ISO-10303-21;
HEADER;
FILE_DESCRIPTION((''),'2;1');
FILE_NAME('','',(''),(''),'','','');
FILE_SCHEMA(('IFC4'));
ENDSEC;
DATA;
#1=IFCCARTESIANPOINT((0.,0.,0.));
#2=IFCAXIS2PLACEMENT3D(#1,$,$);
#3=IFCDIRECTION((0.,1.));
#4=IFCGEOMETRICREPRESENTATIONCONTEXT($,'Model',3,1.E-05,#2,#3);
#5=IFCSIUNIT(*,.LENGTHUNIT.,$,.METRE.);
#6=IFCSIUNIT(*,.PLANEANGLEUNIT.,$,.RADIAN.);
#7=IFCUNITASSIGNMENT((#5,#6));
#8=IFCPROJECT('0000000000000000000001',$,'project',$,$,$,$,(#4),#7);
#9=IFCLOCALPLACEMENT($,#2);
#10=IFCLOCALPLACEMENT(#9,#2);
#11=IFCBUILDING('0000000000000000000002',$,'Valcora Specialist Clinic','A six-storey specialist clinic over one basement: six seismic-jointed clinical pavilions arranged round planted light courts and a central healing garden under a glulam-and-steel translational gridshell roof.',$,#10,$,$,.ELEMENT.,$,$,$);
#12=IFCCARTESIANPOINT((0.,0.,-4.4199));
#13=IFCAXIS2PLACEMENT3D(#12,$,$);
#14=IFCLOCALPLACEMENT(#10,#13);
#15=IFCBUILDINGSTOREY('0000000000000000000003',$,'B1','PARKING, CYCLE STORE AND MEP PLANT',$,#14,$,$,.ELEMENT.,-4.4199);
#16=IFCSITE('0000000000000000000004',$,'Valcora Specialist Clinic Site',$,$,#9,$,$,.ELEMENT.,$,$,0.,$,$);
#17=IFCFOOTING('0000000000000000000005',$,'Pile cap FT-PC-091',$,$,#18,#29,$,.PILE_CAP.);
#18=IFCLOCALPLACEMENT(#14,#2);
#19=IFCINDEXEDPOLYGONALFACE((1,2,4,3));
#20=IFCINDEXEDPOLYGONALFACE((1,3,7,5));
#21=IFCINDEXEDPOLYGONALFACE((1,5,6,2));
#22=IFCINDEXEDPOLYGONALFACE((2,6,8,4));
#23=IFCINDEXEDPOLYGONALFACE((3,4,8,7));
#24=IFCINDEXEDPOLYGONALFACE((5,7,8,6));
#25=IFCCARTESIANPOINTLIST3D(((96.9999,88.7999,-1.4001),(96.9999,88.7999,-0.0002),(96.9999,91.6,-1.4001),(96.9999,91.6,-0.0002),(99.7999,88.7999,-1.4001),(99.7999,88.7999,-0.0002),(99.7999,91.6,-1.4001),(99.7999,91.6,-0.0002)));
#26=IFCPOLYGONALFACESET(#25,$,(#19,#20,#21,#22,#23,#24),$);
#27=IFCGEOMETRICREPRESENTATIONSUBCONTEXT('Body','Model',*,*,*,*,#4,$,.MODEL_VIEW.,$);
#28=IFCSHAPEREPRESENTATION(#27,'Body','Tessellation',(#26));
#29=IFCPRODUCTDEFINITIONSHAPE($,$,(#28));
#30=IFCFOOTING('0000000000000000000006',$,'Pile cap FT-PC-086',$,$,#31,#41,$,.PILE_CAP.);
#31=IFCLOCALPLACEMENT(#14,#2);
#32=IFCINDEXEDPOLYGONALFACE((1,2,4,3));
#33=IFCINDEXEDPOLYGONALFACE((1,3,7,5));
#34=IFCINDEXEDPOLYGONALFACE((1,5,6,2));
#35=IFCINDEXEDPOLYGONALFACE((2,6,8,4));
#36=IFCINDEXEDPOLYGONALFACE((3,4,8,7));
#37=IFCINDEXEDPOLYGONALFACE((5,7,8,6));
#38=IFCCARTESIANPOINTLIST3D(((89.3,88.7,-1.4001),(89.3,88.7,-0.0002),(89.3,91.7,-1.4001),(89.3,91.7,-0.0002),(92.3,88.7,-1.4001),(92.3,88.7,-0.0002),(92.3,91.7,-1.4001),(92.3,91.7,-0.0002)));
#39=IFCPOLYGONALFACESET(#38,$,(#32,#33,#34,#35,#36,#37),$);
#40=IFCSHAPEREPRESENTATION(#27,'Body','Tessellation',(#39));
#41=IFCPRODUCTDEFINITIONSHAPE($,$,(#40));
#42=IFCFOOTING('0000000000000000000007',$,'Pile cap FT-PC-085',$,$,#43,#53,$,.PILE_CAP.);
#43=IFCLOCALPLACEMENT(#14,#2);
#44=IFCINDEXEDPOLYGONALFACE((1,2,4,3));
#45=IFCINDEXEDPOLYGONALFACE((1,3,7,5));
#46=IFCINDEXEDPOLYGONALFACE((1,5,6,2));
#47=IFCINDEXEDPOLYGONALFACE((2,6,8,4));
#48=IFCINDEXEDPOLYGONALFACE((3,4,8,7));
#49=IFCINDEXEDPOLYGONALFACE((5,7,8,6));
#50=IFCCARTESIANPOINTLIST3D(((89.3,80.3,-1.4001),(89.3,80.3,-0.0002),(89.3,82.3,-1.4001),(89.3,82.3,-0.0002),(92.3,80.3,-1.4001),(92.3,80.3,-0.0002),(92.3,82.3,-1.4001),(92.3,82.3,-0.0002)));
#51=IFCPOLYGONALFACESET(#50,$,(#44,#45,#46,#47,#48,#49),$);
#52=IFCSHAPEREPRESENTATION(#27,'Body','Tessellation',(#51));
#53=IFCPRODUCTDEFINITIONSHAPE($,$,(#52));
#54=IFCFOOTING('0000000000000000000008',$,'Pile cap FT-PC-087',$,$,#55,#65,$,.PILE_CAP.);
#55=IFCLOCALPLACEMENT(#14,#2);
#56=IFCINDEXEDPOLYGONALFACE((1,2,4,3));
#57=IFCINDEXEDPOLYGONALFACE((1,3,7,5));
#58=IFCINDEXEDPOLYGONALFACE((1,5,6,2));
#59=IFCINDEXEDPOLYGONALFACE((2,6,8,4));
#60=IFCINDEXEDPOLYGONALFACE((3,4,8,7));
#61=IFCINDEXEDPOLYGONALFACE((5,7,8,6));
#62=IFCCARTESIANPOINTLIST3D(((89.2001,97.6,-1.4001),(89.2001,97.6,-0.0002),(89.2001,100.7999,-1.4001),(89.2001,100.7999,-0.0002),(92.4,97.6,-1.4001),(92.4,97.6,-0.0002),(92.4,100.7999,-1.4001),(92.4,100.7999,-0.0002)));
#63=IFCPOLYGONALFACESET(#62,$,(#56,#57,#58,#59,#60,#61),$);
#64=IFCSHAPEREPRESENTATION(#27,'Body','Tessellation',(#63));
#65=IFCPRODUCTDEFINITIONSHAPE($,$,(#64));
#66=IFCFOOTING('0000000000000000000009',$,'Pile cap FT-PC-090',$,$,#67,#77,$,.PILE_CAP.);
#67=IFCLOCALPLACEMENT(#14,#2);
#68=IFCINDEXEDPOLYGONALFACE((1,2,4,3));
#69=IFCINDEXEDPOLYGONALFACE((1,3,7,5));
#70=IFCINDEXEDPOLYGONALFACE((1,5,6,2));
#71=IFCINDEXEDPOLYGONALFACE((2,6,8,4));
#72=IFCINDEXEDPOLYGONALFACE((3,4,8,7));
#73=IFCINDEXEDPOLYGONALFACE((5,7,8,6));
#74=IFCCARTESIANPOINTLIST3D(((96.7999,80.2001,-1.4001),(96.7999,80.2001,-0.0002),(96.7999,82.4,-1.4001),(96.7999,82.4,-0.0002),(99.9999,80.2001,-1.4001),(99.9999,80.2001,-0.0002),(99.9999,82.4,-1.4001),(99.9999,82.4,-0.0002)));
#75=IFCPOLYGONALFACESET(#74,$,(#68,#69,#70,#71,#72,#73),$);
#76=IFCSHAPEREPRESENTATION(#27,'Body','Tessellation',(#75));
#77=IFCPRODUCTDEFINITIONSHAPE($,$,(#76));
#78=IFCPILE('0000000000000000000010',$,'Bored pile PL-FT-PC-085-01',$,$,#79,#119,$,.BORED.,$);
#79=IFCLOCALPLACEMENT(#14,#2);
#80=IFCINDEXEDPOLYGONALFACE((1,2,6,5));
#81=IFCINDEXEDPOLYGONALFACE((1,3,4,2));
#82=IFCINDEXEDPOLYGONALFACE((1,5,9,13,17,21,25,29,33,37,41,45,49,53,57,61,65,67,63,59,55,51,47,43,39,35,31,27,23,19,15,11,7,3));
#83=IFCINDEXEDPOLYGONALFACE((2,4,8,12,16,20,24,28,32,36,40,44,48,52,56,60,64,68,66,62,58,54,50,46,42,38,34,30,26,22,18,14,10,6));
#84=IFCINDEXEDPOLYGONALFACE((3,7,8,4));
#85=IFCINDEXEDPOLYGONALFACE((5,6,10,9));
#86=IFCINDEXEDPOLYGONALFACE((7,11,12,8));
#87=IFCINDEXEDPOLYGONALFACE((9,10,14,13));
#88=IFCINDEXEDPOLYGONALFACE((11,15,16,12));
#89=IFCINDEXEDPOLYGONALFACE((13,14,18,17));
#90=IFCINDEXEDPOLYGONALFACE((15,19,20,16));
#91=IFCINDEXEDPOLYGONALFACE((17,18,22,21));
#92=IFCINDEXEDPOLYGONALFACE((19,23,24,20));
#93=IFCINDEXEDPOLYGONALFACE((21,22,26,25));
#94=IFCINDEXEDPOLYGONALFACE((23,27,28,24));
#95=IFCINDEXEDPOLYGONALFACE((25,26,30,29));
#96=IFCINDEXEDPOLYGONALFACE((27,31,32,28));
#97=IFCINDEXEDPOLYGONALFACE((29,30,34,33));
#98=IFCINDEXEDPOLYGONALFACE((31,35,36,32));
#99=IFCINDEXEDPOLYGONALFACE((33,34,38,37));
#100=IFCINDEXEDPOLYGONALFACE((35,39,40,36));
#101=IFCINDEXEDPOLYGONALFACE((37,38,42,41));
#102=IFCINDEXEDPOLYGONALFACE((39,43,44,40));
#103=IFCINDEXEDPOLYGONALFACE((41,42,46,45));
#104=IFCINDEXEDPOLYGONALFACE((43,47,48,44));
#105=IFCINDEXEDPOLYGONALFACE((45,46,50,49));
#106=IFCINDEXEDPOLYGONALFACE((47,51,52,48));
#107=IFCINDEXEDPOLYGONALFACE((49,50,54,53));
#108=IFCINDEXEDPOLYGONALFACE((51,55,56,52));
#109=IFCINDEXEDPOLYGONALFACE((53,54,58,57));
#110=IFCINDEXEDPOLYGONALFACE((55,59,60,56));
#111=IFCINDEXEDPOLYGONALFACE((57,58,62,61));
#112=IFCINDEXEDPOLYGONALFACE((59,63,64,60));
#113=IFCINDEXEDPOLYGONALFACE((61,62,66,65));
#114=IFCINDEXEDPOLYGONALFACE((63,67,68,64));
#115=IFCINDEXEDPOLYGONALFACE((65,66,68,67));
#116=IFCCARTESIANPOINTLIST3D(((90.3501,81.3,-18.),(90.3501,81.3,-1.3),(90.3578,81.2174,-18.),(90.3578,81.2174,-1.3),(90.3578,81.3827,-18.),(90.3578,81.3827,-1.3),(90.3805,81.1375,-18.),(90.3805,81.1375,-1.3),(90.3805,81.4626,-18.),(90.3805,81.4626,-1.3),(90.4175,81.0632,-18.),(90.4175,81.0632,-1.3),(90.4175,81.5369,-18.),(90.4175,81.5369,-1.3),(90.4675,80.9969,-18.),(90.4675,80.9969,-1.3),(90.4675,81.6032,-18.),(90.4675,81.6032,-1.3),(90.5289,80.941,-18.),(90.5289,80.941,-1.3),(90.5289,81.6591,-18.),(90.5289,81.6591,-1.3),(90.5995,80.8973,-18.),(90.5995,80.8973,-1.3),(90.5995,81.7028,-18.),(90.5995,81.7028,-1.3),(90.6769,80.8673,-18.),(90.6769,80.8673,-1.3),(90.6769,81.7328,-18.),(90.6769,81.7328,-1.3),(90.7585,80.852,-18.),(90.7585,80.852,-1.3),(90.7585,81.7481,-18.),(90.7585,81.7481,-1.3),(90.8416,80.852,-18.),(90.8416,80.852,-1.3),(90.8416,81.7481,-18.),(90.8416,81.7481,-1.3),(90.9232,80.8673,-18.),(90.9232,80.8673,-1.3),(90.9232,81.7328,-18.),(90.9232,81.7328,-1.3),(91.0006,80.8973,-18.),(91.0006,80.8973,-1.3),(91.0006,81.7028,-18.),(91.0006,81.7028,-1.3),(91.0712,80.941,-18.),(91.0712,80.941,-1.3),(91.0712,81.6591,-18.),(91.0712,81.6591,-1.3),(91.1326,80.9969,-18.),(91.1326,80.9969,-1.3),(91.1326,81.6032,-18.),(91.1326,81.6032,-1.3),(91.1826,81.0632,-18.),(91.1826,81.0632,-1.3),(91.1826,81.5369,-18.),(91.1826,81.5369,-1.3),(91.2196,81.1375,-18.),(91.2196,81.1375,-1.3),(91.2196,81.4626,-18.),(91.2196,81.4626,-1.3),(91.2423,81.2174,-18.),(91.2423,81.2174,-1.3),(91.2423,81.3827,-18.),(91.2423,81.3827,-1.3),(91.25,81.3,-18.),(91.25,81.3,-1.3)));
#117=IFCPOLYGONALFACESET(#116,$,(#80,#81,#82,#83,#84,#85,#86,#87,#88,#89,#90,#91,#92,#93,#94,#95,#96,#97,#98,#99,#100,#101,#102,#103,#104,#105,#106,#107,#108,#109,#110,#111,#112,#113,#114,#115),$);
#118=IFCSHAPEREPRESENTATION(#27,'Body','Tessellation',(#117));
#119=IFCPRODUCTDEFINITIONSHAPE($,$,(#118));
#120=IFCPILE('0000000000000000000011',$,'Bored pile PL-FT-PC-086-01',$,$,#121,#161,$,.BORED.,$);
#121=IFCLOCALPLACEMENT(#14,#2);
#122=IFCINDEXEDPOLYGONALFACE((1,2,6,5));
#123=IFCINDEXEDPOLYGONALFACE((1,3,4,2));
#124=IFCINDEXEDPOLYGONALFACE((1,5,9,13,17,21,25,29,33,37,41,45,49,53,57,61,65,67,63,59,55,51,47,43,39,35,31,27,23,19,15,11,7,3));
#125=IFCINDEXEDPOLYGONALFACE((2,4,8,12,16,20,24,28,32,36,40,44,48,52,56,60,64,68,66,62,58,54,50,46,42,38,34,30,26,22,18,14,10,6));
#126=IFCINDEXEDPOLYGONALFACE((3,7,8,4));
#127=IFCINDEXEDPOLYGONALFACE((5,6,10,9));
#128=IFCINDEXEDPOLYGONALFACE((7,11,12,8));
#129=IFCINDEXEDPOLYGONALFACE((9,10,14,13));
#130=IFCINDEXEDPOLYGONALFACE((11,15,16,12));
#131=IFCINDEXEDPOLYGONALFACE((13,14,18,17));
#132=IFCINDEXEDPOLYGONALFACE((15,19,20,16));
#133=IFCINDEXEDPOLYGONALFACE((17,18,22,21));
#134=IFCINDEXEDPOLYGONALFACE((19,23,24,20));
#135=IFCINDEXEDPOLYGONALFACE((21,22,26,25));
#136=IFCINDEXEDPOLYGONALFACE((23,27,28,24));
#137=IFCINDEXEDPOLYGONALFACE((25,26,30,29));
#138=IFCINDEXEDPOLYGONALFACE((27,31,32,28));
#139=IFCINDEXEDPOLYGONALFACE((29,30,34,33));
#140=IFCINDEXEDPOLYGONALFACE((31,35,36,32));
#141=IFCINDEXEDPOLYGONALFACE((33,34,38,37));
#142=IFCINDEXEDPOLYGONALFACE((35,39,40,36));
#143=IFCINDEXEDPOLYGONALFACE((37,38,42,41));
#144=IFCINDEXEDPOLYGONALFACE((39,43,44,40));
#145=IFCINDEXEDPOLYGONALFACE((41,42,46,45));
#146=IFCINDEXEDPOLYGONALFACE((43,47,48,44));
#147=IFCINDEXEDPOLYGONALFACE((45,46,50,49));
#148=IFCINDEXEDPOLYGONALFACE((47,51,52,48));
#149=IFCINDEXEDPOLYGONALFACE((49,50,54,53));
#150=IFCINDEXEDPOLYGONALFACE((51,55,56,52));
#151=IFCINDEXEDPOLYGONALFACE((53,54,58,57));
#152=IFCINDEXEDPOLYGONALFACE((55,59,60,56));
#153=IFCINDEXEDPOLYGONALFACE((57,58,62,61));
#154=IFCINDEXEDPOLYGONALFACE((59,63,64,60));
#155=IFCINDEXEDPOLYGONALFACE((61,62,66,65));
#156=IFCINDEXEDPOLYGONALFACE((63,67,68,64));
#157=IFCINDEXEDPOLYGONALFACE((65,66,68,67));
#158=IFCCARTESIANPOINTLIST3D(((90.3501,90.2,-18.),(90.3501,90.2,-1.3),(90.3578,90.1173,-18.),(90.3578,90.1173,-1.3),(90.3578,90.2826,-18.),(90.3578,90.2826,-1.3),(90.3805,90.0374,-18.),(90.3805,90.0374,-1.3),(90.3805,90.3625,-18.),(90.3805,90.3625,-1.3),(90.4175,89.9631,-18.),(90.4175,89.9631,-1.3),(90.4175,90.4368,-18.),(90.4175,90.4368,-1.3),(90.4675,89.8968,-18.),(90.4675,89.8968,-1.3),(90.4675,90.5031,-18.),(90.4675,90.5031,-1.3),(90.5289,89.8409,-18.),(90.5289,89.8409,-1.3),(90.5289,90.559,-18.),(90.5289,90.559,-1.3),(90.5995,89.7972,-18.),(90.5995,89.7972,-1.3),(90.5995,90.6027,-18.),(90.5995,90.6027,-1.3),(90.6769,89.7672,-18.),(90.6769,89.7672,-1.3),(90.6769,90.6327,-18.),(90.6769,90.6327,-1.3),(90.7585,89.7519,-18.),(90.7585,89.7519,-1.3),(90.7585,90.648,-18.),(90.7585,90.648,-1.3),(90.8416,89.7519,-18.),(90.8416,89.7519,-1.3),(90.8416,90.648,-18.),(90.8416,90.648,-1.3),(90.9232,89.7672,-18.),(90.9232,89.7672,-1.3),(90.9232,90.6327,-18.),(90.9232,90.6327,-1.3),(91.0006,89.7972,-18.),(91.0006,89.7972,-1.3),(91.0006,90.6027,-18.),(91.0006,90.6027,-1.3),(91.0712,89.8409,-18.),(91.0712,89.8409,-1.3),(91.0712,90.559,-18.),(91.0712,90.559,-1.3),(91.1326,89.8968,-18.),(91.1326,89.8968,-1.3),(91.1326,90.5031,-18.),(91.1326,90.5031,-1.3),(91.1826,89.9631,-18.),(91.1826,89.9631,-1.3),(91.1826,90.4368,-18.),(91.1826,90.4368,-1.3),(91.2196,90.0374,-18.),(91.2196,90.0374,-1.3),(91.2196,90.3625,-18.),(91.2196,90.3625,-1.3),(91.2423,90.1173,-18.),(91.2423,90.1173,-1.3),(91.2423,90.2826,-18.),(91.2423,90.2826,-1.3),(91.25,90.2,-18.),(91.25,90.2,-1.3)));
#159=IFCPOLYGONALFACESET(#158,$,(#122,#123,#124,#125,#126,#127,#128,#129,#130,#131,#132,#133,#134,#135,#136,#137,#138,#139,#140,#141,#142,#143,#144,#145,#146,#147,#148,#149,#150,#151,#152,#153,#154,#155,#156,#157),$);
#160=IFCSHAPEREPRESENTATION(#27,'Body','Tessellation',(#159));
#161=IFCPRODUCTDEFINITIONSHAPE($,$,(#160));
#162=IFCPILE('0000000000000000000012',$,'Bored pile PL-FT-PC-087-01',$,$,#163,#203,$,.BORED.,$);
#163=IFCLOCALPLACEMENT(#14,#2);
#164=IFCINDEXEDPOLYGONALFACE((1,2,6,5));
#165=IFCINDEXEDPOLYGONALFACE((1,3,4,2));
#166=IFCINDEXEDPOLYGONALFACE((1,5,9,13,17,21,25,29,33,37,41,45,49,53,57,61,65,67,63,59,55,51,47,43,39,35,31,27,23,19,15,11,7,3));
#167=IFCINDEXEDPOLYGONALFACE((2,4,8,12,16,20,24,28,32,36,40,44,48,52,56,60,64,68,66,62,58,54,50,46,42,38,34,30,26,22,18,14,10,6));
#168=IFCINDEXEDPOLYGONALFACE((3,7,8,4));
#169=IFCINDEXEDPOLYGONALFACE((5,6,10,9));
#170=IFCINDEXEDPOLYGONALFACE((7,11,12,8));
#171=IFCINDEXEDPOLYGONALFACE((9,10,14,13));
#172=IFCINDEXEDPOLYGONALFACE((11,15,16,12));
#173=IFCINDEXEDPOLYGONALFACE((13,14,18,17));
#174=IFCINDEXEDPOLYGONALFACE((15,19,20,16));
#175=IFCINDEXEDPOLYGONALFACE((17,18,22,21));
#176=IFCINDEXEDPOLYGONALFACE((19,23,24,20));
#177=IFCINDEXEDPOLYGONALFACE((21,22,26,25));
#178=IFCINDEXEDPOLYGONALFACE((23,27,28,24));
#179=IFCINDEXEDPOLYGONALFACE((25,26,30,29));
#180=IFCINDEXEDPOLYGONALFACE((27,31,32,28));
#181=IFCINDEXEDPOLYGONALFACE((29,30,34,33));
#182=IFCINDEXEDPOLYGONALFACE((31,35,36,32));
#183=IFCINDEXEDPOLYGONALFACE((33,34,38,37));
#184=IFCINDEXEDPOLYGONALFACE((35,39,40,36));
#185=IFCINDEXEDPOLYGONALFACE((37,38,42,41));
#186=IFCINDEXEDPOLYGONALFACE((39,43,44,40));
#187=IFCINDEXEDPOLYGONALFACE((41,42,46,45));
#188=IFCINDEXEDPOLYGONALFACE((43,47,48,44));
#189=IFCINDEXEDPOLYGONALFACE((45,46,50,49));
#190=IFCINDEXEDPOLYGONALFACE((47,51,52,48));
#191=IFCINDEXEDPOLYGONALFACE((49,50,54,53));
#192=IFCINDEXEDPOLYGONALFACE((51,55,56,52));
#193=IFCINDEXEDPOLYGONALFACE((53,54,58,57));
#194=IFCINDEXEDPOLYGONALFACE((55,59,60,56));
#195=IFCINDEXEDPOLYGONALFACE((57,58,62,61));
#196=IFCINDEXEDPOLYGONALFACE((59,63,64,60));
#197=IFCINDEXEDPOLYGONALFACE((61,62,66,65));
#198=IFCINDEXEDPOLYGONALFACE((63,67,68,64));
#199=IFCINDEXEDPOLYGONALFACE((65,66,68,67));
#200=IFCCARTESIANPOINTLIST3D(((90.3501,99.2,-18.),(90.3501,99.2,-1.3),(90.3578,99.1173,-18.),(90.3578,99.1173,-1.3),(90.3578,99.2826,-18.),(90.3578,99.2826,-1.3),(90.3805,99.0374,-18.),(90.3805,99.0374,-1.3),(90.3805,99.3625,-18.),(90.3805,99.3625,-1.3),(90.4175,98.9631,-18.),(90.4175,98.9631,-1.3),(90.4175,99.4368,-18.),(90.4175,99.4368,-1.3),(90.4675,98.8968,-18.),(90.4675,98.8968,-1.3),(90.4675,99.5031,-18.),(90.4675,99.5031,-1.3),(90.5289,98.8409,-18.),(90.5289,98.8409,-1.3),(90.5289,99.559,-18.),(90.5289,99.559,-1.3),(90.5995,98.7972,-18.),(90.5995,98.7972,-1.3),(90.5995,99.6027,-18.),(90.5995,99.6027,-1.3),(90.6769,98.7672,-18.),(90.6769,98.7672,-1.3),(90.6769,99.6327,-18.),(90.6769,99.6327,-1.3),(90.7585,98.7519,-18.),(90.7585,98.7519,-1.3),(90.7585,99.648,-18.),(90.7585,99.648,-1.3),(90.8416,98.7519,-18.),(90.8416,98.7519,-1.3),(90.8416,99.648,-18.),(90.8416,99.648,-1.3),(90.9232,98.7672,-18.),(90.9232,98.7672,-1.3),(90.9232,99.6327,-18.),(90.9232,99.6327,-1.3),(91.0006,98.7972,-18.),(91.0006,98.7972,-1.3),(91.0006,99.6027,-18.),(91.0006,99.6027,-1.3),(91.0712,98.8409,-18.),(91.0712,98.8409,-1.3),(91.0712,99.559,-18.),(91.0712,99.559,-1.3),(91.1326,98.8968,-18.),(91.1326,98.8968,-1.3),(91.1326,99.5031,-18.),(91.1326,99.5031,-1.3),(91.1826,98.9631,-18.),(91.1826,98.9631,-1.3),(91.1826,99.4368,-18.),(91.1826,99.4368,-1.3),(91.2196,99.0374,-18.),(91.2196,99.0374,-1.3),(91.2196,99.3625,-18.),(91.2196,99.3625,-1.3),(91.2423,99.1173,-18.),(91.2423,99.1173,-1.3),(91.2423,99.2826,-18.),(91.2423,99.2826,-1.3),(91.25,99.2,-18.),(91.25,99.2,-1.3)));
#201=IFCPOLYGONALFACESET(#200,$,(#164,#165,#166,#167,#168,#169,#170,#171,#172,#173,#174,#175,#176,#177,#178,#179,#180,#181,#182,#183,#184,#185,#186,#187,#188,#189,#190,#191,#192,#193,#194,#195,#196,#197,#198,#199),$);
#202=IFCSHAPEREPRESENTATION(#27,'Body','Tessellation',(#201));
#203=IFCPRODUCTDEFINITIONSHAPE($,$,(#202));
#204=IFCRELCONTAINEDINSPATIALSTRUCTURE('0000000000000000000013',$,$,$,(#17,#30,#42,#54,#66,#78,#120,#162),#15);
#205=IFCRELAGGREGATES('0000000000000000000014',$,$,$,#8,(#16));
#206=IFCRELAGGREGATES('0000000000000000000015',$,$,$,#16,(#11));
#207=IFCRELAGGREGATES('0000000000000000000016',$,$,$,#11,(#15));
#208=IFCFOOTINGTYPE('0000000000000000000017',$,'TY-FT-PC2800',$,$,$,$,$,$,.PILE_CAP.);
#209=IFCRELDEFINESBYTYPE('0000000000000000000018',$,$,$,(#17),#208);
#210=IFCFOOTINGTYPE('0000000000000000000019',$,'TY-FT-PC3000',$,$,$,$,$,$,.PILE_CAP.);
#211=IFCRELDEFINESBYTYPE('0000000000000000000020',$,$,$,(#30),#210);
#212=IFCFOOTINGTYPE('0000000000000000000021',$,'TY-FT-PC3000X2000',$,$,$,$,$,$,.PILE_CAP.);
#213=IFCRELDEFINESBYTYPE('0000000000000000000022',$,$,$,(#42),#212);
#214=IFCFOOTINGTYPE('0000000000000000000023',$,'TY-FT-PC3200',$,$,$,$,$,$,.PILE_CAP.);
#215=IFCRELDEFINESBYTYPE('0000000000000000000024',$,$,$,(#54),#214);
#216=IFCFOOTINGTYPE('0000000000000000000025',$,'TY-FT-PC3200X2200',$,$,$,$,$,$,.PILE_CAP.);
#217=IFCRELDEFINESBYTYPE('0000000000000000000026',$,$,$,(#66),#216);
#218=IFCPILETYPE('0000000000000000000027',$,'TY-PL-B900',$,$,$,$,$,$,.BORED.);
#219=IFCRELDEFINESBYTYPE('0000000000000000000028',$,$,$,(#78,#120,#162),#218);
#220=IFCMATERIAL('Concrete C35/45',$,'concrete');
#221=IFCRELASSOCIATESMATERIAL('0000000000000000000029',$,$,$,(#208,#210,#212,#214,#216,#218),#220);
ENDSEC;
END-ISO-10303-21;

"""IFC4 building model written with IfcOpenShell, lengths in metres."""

from ifc_helpers import new_model, si_unit, direction, frame, origin, origin_2d, place, context, subcontext, project, spatial, rectangle, circle, extrude, material, material_profile, profile_set, type_object, element, save


model = new_model("IFC4")

# Units and contexts
model_context = context("Model", 3, precision=1e-05, world=origin(), true_north=direction((0.0, 1.0)))
body_context = subcontext(model_context, "Body", "Model", "MODEL_VIEW")
ifc_project = project(units=[si_unit("LENGTHUNIT", "METRE"), si_unit("PLANEANGLEUNIT", "RADIAN")], contexts=[model_context])

# Site, building, storey
site_placement = place(None, origin())
site = spatial("IfcSite", under=ifc_project, at=site_placement, Name="Valcora Specialist Clinic Site", CompositionType="ELEMENT", RefElevation=0.0)
building_placement = place(site_placement, origin())
building = spatial("IfcBuilding", under=site, at=building_placement, Name="Valcora Specialist Clinic", Description="A six-storey specialist clinic over one basement: six seismic-jointed clinical pavilions arranged round planted light courts and a central healing garden under a glulam-and-steel translational gridshell roof.", CompositionType="ELEMENT")
storey_placement = place(building_placement, frame((0.0, 0.0, -4.4199)))
storey = spatial("IfcBuildingStorey", under=building, at=storey_placement, Name="B1", Description="PARKING, CYCLE STORE AND MEP PLANT", CompositionType="ELEMENT", Elevation=-4.4199)

# Footings
ifc_material_1 = material(Name="Concrete C35/45", Category="concrete")
footing_type_1 = type_object("IfcFootingType", Name="TY-FT-PC2800", PredefinedType="PILE_CAP", material=ifc_material_1)
footing_1_placement = place(storey_placement, frame((98.3999, 90.2, -1.4001), z_axis=(0.0, 0.0, 1.0), x_axis=(1.0, 0.0, 0.0)))
element("IfcFooting", 1, at=footing_1_placement, inside=storey, type_object=footing_type_1, Name="Pile cap FT-PC-091", PredefinedType="PILE_CAP", context=body_context, shape_type="SweptSolid", body=[
    extrude(rectangle(XDim=2.8, YDim=2.8, at=origin_2d()), origin(), (0.0, 0.0, 1.0), 1.3999),
])
footing_type_2 = type_object("IfcFootingType", Name="TY-FT-PC3000", PredefinedType="PILE_CAP", material=ifc_material_1)
footing_2_placement = place(storey_placement, frame((90.8, 90.2, -1.4001), z_axis=(0.0, 0.0, 1.0), x_axis=(1.0, 0.0, 0.0)))
element("IfcFooting", 2, at=footing_2_placement, inside=storey, type_object=footing_type_2, Name="Pile cap FT-PC-086", PredefinedType="PILE_CAP", context=body_context, shape_type="SweptSolid", body=[
    extrude(rectangle(XDim=3.0, YDim=3.0, at=origin_2d()), origin(), (0.0, 0.0, 1.0), 1.3999),
])
footing_type_3 = type_object("IfcFootingType", Name="TY-FT-PC3000X2000", PredefinedType="PILE_CAP", material=ifc_material_1)
footing_3_placement = place(storey_placement, frame((90.8, 81.3, -1.4001), z_axis=(0.0, 0.0, 1.0), x_axis=(1.0, 0.0, 0.0)))
element("IfcFooting", 3, at=footing_3_placement, inside=storey, type_object=footing_type_3, Name="Pile cap FT-PC-085", PredefinedType="PILE_CAP", context=body_context, shape_type="SweptSolid", body=[
    extrude(rectangle(XDim=3.0, YDim=2.0, at=origin_2d()), origin(), (0.0, 0.0, 1.0), 1.3999),
])
footing_type_4 = type_object("IfcFootingType", Name="TY-FT-PC3200", PredefinedType="PILE_CAP", material=ifc_material_1)
footing_4_placement = place(storey_placement, frame((90.8, 99.2, -1.4001), z_axis=(0.0, 0.0, 1.0), x_axis=(1.0, 0.0, 0.0)))
element("IfcFooting", 4, at=footing_4_placement, inside=storey, type_object=footing_type_4, Name="Pile cap FT-PC-087", PredefinedType="PILE_CAP", context=body_context, shape_type="SweptSolid", body=[
    extrude(rectangle(XDim=3.2, YDim=3.2, at=origin_2d()), origin(), (0.0, 0.0, 1.0), 1.3999),
])
footing_type_5 = type_object("IfcFootingType", Name="TY-FT-PC3200X2200", PredefinedType="PILE_CAP", material=ifc_material_1)
footing_5_placement = place(storey_placement, frame((98.3999, 81.3, -1.4001), z_axis=(0.0, 0.0, 1.0), x_axis=(1.0, 0.0, 0.0)))
element("IfcFooting", 5, at=footing_5_placement, inside=storey, type_object=footing_type_5, Name="Pile cap FT-PC-090", PredefinedType="PILE_CAP", context=body_context, shape_type="SweptSolid", body=[
    extrude(rectangle(XDim=3.2, YDim=2.2, at=origin_2d()), origin(), (0.0, 0.0, 1.0), 1.3999),
])

# Piles
ifc_material_profile_1 = material_profile(ifc_material_1, circle(Radius=0.45, at=origin_2d()), Name="RC-PIL-D900")
ifc_profile_set_1 = profile_set([ifc_material_profile_1], Name="Concrete C35/45")
pile_type = type_object("IfcPileType", Name="TY-PL-B900", PredefinedType="BORED", material=ifc_profile_set_1)
for number, where, z_axis, x_axis, name in (
    (6, (90.8, 81.3, -1.3), (0.0, 0.0, -1.0), (1.0, 0.0, 0.0), "Bored pile PL-FT-PC-085-01"),
    (7, (90.8, 90.2, -1.3), (0.0, 0.0, -1.0), (1.0, 0.0, 0.0), "Bored pile PL-FT-PC-086-01"),
    (8, (90.8, 99.2, -1.3), (0.0, 0.0, -1.0), (1.0, 0.0, 0.0), "Bored pile PL-FT-PC-087-01"),
):
    element("IfcPile", number, at=place(storey_placement, frame(where, z_axis=z_axis, x_axis=x_axis)), inside=storey, type_object=pile_type, Name=name, PredefinedType="BORED", context=body_context, shape_type="SweptSolid", body=[
        extrude(circle(Radius=0.45, at=origin_2d()), origin(), (0.0, 0.0, 1.0), 16.7),
    ])

save(model, "model.ifc")
